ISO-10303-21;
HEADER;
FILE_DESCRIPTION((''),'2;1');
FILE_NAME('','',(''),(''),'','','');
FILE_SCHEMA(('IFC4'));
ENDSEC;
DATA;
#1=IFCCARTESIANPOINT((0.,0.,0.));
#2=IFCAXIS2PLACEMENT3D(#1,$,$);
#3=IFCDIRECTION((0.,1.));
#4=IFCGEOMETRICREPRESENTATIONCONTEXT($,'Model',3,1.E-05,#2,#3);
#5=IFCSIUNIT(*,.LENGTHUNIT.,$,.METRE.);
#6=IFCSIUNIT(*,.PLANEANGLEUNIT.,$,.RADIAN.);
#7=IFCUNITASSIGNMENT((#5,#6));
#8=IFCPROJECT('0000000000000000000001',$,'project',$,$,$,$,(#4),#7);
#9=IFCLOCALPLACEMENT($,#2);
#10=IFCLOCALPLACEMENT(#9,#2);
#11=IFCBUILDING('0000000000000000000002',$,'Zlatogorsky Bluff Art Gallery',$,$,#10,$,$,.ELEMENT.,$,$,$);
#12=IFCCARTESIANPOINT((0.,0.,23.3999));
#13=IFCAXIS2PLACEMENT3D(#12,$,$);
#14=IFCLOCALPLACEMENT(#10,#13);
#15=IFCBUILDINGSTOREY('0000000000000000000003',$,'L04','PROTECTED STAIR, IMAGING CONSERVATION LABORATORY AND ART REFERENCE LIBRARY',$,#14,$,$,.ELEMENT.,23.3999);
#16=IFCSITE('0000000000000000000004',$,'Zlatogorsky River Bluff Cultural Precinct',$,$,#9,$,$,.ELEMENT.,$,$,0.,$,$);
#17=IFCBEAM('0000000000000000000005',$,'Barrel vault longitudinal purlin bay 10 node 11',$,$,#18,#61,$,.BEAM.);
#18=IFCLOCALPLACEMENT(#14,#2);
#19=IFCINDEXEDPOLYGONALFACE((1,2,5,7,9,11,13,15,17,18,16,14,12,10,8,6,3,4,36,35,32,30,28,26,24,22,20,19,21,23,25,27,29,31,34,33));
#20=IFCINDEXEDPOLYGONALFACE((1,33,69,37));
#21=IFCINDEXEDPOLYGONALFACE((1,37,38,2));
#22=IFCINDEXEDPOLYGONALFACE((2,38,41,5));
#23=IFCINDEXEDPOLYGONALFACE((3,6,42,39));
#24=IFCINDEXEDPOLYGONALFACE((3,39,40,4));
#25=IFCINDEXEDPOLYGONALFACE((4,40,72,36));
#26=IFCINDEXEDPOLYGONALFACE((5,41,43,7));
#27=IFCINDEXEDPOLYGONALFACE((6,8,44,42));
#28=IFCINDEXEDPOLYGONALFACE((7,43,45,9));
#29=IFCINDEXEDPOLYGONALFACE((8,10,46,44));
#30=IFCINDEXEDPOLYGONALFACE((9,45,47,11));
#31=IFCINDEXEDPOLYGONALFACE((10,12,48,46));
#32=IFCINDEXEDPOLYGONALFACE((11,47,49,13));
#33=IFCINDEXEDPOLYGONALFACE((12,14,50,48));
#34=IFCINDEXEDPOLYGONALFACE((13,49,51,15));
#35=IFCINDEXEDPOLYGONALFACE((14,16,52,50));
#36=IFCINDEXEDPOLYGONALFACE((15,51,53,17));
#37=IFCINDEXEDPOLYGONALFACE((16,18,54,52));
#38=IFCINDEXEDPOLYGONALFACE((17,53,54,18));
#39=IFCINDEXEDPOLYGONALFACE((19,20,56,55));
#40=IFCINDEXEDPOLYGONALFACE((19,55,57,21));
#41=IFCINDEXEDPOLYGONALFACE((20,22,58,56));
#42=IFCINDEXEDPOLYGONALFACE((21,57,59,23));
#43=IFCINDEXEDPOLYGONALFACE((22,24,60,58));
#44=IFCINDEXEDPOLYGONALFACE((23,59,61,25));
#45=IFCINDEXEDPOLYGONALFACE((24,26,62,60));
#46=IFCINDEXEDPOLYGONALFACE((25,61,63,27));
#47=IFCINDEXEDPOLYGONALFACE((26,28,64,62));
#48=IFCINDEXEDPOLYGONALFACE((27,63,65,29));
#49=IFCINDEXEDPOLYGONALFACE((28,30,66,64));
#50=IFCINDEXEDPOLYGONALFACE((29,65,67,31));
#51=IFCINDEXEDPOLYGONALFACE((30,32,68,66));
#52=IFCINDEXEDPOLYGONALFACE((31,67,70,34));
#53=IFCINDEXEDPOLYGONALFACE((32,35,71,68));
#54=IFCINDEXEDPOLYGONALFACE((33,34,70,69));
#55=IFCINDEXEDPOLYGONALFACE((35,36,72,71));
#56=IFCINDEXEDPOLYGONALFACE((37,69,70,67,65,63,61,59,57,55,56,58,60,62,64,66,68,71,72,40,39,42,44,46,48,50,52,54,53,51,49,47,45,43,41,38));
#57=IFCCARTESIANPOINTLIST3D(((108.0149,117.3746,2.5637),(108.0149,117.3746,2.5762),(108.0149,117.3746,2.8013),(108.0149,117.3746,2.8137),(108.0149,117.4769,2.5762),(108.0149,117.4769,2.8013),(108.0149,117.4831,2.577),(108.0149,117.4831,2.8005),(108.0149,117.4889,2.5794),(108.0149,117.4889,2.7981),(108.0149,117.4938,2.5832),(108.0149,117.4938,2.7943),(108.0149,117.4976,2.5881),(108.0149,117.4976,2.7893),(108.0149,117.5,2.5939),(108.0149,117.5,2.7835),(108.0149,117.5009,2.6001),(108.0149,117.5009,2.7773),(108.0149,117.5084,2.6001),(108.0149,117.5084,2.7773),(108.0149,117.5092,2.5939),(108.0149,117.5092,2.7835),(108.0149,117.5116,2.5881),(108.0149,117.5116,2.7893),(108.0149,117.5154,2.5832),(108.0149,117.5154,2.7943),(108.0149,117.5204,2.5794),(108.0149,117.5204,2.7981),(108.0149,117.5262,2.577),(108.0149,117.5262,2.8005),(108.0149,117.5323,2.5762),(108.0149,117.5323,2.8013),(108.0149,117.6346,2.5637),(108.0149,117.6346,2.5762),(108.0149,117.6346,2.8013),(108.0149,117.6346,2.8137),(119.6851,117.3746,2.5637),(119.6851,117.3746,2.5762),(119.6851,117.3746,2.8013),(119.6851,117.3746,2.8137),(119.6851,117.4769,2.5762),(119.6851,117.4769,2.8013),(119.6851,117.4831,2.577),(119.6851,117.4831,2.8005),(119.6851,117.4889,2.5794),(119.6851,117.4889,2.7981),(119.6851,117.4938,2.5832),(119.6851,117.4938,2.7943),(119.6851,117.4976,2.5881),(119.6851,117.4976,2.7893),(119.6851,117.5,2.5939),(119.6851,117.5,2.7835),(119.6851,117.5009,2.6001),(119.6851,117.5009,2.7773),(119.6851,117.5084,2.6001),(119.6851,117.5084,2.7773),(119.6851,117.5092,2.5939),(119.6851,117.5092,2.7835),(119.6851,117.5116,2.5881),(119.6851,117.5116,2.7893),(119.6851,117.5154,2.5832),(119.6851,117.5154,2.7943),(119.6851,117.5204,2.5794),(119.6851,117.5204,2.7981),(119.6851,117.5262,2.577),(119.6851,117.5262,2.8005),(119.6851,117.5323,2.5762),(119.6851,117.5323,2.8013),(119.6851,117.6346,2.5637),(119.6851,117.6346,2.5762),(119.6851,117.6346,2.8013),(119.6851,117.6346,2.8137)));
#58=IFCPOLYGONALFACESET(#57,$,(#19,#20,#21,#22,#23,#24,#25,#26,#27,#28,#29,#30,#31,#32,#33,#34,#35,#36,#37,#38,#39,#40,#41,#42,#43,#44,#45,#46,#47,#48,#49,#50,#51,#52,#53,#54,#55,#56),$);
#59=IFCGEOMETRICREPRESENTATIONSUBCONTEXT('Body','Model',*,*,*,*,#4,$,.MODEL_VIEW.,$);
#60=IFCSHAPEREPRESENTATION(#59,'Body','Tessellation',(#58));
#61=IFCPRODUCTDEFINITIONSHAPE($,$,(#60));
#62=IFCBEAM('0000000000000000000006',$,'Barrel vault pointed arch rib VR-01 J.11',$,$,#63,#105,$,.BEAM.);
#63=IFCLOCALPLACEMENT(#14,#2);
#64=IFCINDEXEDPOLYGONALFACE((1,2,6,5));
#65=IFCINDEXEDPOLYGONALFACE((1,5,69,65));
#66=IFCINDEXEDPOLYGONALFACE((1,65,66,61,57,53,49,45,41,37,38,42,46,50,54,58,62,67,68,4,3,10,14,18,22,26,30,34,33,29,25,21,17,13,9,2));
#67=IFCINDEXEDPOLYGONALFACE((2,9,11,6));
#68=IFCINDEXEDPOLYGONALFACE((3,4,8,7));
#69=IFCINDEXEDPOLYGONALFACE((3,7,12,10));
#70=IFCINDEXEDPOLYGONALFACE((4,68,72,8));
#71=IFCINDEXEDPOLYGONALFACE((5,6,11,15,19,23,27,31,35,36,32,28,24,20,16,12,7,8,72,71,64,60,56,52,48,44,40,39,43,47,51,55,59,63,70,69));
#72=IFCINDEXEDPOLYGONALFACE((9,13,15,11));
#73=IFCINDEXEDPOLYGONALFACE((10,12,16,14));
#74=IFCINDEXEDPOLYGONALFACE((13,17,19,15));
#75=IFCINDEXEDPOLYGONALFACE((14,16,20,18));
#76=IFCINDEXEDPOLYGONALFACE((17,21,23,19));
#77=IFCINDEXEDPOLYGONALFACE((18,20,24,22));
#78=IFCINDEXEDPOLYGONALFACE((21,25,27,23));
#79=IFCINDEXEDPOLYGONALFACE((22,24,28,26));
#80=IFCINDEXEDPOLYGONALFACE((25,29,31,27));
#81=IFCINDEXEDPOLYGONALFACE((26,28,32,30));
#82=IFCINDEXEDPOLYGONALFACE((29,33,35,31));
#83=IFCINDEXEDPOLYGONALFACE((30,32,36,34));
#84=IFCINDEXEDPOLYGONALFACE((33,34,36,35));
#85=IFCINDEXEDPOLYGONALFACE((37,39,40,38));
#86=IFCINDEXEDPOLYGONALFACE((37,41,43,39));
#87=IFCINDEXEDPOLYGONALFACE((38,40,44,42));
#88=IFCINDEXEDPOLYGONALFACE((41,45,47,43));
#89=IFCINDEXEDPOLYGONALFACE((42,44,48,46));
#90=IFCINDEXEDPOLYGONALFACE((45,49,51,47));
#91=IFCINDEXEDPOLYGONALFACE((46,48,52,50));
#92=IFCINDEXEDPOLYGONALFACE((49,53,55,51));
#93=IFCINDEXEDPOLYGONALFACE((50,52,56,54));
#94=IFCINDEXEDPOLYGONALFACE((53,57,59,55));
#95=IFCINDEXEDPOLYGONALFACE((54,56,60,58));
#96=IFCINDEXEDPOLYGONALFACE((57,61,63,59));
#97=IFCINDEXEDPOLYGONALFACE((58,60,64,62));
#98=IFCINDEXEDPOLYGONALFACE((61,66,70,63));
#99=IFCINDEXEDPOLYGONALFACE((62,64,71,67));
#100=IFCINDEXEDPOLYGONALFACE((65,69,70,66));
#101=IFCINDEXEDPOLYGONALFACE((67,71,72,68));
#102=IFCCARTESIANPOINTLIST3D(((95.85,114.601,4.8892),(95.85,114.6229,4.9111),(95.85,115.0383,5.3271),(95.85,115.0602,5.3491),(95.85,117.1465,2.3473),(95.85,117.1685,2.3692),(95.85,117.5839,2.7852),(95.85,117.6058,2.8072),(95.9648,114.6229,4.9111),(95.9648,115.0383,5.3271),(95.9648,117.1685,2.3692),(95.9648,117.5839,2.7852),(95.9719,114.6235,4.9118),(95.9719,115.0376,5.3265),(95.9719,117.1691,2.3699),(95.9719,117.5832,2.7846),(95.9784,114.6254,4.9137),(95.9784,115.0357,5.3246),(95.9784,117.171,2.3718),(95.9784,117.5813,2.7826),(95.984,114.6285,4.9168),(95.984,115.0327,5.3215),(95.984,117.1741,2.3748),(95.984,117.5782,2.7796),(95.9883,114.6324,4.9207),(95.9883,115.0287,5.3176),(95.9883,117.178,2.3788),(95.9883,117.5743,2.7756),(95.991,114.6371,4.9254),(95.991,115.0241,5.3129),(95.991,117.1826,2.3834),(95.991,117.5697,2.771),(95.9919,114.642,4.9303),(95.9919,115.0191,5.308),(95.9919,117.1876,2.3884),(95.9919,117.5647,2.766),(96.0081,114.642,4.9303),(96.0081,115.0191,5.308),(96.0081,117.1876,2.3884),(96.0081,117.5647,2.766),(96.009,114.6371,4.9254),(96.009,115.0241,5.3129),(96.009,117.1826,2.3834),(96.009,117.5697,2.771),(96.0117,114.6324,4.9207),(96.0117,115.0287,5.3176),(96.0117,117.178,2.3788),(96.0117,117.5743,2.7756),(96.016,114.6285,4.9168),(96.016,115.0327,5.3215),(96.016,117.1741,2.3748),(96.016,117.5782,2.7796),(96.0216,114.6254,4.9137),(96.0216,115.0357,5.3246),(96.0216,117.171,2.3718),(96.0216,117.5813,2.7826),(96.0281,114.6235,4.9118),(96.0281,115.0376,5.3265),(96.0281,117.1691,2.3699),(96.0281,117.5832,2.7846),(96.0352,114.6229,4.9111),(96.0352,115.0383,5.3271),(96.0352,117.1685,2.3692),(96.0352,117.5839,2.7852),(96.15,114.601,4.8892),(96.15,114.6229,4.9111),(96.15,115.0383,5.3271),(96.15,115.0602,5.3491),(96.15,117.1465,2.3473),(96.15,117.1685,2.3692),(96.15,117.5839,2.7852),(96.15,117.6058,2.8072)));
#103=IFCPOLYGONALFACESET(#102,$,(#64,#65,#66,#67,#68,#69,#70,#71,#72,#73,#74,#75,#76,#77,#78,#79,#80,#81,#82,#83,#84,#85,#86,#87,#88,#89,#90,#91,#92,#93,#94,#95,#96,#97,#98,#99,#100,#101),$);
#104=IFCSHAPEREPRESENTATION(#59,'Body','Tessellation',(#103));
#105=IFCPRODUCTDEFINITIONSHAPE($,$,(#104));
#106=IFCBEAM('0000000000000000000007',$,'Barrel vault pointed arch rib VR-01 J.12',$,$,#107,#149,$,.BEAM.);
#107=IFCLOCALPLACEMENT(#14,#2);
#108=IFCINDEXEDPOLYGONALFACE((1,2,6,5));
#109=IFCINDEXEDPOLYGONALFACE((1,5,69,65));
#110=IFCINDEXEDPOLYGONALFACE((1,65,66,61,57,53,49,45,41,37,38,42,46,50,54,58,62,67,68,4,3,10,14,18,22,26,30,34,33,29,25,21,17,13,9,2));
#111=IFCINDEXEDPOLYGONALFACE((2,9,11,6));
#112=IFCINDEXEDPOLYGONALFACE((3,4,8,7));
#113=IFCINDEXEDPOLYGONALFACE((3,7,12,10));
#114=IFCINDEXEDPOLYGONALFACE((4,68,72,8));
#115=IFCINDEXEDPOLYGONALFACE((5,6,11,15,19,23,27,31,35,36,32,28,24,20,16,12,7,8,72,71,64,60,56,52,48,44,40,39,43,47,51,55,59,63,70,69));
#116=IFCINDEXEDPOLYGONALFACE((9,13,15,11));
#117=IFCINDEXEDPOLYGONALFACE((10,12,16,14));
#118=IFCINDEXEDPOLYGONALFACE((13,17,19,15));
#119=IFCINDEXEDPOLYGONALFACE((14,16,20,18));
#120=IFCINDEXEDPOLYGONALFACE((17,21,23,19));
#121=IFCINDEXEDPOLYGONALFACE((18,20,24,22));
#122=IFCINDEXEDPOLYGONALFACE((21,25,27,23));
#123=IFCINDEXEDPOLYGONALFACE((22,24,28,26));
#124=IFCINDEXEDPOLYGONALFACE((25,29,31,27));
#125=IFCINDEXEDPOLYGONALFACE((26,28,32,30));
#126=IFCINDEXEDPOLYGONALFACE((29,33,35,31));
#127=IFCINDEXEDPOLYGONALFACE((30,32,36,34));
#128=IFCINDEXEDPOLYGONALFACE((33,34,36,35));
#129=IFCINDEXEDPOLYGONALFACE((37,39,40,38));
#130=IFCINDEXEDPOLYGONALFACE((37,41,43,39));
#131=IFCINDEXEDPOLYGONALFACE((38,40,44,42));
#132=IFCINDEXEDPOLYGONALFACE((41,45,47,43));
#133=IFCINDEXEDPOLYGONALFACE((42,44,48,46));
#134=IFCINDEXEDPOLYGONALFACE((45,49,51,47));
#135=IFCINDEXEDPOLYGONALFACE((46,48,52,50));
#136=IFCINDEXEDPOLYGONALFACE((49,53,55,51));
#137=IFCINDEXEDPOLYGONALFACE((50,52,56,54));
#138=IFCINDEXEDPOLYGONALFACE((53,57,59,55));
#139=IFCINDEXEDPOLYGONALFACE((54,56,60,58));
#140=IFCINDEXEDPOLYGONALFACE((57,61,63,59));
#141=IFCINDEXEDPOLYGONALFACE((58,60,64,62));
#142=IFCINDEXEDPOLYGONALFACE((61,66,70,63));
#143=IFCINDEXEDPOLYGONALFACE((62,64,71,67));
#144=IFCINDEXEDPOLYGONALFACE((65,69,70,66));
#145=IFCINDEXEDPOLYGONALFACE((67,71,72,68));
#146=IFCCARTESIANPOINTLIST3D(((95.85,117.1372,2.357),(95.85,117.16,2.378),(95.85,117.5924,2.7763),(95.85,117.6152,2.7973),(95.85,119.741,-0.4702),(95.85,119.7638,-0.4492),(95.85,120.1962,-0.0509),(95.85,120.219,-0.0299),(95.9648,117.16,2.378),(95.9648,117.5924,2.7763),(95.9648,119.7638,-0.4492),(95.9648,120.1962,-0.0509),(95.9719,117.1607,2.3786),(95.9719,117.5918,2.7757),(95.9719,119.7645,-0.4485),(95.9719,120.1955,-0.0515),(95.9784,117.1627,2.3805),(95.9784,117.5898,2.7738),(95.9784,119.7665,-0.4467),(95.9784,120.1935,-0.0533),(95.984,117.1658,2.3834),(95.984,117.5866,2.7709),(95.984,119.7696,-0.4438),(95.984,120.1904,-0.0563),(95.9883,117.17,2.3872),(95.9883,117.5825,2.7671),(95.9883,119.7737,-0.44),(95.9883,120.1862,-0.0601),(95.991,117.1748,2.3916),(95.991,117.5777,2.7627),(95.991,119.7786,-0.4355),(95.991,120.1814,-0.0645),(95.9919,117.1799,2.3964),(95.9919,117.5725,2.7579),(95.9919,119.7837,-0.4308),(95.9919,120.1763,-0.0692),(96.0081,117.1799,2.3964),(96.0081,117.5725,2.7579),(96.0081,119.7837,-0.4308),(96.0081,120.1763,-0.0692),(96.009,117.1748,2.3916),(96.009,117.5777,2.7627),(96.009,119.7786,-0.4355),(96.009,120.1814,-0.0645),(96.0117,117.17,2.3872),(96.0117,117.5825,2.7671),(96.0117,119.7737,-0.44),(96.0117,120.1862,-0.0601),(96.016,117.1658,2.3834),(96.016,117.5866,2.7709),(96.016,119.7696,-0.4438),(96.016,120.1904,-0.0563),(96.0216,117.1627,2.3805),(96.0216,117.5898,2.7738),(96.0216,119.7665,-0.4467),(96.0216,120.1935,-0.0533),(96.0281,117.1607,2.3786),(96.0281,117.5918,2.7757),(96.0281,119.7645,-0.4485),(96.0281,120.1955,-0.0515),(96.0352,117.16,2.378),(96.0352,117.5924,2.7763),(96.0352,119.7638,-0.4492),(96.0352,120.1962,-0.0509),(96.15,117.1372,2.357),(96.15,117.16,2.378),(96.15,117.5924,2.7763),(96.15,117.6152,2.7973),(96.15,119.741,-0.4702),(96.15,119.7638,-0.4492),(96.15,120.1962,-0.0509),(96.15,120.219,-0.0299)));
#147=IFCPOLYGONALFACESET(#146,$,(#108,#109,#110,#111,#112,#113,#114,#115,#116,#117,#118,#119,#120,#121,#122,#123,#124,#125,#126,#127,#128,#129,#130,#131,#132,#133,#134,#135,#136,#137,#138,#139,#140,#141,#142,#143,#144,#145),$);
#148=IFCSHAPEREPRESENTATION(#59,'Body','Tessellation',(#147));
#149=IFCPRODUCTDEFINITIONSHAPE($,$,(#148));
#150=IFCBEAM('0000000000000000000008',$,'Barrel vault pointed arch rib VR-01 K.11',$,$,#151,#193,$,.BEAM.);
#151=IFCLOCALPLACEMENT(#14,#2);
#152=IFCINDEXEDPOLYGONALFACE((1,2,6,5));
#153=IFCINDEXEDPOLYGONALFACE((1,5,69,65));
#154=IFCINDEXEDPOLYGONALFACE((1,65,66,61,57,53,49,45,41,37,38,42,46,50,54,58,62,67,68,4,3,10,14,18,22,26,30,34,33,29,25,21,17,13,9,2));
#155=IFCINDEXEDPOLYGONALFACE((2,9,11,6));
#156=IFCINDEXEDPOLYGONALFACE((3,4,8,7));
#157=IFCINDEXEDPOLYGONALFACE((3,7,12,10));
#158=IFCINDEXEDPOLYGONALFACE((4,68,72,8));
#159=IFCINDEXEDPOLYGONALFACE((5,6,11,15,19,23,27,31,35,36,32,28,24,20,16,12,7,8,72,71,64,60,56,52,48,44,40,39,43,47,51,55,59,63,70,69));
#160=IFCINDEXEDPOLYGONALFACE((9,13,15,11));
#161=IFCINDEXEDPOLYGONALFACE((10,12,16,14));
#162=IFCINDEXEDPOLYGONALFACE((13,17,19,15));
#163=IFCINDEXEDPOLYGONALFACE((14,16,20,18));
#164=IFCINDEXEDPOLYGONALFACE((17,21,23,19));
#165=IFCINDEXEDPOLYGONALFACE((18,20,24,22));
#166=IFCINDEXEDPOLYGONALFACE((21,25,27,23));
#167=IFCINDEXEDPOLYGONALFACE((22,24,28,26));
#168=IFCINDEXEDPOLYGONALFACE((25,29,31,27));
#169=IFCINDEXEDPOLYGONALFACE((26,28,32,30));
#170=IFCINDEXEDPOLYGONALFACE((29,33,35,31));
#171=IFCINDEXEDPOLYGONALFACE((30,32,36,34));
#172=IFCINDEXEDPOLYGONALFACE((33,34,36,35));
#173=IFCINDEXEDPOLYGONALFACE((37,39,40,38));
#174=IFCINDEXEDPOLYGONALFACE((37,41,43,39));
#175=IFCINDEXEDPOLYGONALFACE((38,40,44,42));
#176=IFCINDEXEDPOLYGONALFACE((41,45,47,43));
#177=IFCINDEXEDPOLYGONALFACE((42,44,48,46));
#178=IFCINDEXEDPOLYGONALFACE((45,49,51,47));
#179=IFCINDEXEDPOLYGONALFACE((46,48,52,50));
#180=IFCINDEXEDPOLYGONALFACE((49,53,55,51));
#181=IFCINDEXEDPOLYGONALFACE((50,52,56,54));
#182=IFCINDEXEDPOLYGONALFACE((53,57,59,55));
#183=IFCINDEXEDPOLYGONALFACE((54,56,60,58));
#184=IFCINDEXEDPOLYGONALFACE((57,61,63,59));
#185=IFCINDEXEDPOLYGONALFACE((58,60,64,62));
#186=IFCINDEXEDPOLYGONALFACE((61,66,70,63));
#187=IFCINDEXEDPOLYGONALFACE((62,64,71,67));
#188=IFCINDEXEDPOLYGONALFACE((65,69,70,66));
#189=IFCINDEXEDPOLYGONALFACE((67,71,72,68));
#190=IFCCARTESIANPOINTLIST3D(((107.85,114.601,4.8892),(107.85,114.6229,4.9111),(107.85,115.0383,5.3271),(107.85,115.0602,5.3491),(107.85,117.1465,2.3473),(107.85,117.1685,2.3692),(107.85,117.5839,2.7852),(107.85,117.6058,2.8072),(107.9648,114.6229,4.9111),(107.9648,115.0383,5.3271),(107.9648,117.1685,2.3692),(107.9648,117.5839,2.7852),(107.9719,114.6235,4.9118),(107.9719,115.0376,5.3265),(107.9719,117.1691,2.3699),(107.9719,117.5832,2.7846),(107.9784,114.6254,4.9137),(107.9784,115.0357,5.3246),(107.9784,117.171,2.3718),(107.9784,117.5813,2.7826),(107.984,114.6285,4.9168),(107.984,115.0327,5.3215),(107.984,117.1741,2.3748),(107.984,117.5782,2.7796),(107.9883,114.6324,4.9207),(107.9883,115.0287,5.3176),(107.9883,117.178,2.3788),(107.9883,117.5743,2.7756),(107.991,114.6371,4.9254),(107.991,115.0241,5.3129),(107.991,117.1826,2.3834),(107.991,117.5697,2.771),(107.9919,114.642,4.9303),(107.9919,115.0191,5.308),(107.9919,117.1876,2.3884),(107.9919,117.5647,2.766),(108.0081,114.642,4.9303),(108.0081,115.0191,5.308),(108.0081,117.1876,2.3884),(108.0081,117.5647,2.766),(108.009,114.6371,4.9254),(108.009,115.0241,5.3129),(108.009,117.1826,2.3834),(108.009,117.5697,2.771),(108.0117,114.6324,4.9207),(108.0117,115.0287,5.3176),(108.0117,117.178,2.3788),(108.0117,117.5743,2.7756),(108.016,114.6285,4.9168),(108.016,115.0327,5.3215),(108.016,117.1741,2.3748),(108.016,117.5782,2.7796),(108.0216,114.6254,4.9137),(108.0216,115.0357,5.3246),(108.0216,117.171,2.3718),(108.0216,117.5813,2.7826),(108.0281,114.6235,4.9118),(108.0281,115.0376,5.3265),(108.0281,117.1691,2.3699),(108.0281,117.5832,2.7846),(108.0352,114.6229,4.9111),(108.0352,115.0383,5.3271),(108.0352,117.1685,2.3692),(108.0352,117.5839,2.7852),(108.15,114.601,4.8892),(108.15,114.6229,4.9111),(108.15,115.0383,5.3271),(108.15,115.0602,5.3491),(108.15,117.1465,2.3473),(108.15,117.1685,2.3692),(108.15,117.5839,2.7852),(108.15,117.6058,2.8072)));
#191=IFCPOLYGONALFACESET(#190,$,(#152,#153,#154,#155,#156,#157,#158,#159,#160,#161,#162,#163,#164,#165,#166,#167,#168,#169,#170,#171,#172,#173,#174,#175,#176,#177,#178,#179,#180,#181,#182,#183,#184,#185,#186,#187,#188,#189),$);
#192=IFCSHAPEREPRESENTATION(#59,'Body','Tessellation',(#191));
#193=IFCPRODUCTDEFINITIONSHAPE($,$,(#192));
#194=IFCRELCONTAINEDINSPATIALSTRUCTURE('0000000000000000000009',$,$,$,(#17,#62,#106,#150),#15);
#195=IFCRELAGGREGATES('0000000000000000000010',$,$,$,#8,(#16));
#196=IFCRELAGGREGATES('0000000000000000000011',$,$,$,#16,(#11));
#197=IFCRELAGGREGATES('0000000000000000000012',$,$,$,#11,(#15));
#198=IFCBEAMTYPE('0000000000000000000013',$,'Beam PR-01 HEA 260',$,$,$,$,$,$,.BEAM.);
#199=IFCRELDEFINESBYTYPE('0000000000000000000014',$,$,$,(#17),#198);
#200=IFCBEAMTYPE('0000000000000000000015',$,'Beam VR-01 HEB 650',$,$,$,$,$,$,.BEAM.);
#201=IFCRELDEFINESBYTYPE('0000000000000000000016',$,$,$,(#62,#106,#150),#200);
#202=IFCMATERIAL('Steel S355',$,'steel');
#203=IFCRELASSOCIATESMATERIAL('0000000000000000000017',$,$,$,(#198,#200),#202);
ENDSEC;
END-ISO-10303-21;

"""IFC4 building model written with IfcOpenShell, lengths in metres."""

from ifc_helpers import new_model, si_unit, direction, frame, origin, origin_2d, place, context, subcontext, project, spatial, i_section, extrude, material, material_profile, profile_set, type_object, element, save


model = new_model("IFC4")

# Units and contexts
model_context = context("Model", 3, precision=1e-05, world=origin(), true_north=direction((0.0, 1.0)))
body_context = subcontext(model_context, "Body", "Model", "MODEL_VIEW")
ifc_project = project(units=[si_unit("LENGTHUNIT", "METRE"), si_unit("PLANEANGLEUNIT", "RADIAN")], contexts=[model_context])

# Site, building, storey
site_placement = place(None, origin())
site = spatial("IfcSite", under=ifc_project, at=site_placement, Name="Zlatogorsky River Bluff Cultural Precinct", CompositionType="ELEMENT", RefElevation=0.0)
building_placement = place(site_placement, origin())
building = spatial("IfcBuilding", under=site, at=building_placement, Name="Zlatogorsky Bluff Art Gallery", CompositionType="ELEMENT")
storey_placement = place(building_placement, frame((0.0, 0.0, 23.3999)))
storey = spatial("IfcBuildingStorey", under=building, at=storey_placement, Name="L04", Description="PROTECTED STAIR, IMAGING CONSERVATION LABORATORY AND ART REFERENCE LIBRARY", CompositionType="ELEMENT", Elevation=23.3999)

# Beams
ifc_material_1 = material(Name="Steel S355", Category="steel")
ifc_material_profile_1 = material_profile(ifc_material_1, i_section(OverallWidth=0.26, OverallDepth=0.25, WebThickness=0.0076, FlangeThickness=0.0125, FilletRadius=0.0239, at=origin_2d()), Name="HEA 260")
ifc_profile_set_1 = profile_set([ifc_material_profile_1], Name="Steel S355")
beam_type_1 = type_object("IfcBeamType", Name="Beam PR-01 HEA 260", PredefinedType="BEAM", material=ifc_profile_set_1)
for number, where, z_axis, x_axis, name in (
    (1, (108.0149, 117.5046, 2.6887), (1.0, 0.0, 0.0), (0.0, 1.0, 0.0), "Barrel vault longitudinal purlin bay 10 node 11"),
):
    element("IfcBeam", number, at=place(storey_placement, frame(where, z_axis=z_axis, x_axis=x_axis)), inside=storey, type_object=beam_type_1, Name=name, PredefinedType="BEAM", context=body_context, shape_type="SweptSolid", body=[
        extrude(i_section(OverallWidth=0.26, OverallDepth=0.25, WebThickness=0.0076, FlangeThickness=0.0125, FilletRadius=0.0239, at=origin_2d()), origin(), (0.0, 0.0, 1.0), 11.6702),
    ])
ifc_material_profile_2 = material_profile(ifc_material_1, i_section(OverallWidth=0.3, OverallDepth=0.6499, WebThickness=0.0161, FlangeThickness=0.031, FilletRadius=0.0271, at=origin_2d()), Name="HEB 650")
ifc_profile_set_2 = profile_set([ifc_material_profile_2], Name="Steel S355")
beam_type_2 = type_object("IfcBeamType", Name="Beam VR-01 HEB 650", PredefinedType="BEAM", material=ifc_profile_set_2)
beam_1_placement = place(storey_placement, frame((96.0, 114.8306, 5.1191), z_axis=(0.0, 0.707616, -0.706598), x_axis=(-1.0, 0.0, 0.0)))
element("IfcBeam", 2, at=beam_1_placement, inside=storey, type_object=beam_type_2, Name="Barrel vault pointed arch rib VR-01 J.11", PredefinedType="BEAM", context=body_context, shape_type="SweptSolid", body=[
    extrude(i_section(OverallWidth=0.3, OverallDepth=0.6499, WebThickness=0.0161, FlangeThickness=0.031, FilletRadius=0.0271, at=origin_2d()), origin(), (0.0, 0.0, 1.0), 3.5974),
])
beam_2_placement = place(storey_placement, frame((96.0, 117.3762, 2.5771), z_axis=(0.0, 0.677449, -0.73557), x_axis=(-1.0, 0.0, 0.0)))
element("IfcBeam", 3, at=beam_2_placement, inside=storey, type_object=beam_type_2, Name="Barrel vault pointed arch rib VR-01 J.12", PredefinedType="BEAM", context=body_context, shape_type="SweptSolid", body=[
    extrude(i_section(OverallWidth=0.3, OverallDepth=0.6499, WebThickness=0.0161, FlangeThickness=0.031, FilletRadius=0.0271, at=origin_2d()), origin(), (0.0, 0.0, 1.0), 3.8435),
])
beam_3_placement = place(storey_placement, frame((108.0, 114.8306, 5.1191), z_axis=(0.0, 0.707616, -0.706598), x_axis=(-1.0, 0.0, 0.0)))
element("IfcBeam", 4, at=beam_3_placement, inside=storey, type_object=beam_type_2, Name="Barrel vault pointed arch rib VR-01 K.11", PredefinedType="BEAM", context=body_context, shape_type="SweptSolid", body=[
    extrude(i_section(OverallWidth=0.3, OverallDepth=0.6499, WebThickness=0.0161, FlangeThickness=0.031, FilletRadius=0.0271, at=origin_2d()), origin(), (0.0, 0.0, 1.0), 3.5974),
])

save(model, "model.ifc")
